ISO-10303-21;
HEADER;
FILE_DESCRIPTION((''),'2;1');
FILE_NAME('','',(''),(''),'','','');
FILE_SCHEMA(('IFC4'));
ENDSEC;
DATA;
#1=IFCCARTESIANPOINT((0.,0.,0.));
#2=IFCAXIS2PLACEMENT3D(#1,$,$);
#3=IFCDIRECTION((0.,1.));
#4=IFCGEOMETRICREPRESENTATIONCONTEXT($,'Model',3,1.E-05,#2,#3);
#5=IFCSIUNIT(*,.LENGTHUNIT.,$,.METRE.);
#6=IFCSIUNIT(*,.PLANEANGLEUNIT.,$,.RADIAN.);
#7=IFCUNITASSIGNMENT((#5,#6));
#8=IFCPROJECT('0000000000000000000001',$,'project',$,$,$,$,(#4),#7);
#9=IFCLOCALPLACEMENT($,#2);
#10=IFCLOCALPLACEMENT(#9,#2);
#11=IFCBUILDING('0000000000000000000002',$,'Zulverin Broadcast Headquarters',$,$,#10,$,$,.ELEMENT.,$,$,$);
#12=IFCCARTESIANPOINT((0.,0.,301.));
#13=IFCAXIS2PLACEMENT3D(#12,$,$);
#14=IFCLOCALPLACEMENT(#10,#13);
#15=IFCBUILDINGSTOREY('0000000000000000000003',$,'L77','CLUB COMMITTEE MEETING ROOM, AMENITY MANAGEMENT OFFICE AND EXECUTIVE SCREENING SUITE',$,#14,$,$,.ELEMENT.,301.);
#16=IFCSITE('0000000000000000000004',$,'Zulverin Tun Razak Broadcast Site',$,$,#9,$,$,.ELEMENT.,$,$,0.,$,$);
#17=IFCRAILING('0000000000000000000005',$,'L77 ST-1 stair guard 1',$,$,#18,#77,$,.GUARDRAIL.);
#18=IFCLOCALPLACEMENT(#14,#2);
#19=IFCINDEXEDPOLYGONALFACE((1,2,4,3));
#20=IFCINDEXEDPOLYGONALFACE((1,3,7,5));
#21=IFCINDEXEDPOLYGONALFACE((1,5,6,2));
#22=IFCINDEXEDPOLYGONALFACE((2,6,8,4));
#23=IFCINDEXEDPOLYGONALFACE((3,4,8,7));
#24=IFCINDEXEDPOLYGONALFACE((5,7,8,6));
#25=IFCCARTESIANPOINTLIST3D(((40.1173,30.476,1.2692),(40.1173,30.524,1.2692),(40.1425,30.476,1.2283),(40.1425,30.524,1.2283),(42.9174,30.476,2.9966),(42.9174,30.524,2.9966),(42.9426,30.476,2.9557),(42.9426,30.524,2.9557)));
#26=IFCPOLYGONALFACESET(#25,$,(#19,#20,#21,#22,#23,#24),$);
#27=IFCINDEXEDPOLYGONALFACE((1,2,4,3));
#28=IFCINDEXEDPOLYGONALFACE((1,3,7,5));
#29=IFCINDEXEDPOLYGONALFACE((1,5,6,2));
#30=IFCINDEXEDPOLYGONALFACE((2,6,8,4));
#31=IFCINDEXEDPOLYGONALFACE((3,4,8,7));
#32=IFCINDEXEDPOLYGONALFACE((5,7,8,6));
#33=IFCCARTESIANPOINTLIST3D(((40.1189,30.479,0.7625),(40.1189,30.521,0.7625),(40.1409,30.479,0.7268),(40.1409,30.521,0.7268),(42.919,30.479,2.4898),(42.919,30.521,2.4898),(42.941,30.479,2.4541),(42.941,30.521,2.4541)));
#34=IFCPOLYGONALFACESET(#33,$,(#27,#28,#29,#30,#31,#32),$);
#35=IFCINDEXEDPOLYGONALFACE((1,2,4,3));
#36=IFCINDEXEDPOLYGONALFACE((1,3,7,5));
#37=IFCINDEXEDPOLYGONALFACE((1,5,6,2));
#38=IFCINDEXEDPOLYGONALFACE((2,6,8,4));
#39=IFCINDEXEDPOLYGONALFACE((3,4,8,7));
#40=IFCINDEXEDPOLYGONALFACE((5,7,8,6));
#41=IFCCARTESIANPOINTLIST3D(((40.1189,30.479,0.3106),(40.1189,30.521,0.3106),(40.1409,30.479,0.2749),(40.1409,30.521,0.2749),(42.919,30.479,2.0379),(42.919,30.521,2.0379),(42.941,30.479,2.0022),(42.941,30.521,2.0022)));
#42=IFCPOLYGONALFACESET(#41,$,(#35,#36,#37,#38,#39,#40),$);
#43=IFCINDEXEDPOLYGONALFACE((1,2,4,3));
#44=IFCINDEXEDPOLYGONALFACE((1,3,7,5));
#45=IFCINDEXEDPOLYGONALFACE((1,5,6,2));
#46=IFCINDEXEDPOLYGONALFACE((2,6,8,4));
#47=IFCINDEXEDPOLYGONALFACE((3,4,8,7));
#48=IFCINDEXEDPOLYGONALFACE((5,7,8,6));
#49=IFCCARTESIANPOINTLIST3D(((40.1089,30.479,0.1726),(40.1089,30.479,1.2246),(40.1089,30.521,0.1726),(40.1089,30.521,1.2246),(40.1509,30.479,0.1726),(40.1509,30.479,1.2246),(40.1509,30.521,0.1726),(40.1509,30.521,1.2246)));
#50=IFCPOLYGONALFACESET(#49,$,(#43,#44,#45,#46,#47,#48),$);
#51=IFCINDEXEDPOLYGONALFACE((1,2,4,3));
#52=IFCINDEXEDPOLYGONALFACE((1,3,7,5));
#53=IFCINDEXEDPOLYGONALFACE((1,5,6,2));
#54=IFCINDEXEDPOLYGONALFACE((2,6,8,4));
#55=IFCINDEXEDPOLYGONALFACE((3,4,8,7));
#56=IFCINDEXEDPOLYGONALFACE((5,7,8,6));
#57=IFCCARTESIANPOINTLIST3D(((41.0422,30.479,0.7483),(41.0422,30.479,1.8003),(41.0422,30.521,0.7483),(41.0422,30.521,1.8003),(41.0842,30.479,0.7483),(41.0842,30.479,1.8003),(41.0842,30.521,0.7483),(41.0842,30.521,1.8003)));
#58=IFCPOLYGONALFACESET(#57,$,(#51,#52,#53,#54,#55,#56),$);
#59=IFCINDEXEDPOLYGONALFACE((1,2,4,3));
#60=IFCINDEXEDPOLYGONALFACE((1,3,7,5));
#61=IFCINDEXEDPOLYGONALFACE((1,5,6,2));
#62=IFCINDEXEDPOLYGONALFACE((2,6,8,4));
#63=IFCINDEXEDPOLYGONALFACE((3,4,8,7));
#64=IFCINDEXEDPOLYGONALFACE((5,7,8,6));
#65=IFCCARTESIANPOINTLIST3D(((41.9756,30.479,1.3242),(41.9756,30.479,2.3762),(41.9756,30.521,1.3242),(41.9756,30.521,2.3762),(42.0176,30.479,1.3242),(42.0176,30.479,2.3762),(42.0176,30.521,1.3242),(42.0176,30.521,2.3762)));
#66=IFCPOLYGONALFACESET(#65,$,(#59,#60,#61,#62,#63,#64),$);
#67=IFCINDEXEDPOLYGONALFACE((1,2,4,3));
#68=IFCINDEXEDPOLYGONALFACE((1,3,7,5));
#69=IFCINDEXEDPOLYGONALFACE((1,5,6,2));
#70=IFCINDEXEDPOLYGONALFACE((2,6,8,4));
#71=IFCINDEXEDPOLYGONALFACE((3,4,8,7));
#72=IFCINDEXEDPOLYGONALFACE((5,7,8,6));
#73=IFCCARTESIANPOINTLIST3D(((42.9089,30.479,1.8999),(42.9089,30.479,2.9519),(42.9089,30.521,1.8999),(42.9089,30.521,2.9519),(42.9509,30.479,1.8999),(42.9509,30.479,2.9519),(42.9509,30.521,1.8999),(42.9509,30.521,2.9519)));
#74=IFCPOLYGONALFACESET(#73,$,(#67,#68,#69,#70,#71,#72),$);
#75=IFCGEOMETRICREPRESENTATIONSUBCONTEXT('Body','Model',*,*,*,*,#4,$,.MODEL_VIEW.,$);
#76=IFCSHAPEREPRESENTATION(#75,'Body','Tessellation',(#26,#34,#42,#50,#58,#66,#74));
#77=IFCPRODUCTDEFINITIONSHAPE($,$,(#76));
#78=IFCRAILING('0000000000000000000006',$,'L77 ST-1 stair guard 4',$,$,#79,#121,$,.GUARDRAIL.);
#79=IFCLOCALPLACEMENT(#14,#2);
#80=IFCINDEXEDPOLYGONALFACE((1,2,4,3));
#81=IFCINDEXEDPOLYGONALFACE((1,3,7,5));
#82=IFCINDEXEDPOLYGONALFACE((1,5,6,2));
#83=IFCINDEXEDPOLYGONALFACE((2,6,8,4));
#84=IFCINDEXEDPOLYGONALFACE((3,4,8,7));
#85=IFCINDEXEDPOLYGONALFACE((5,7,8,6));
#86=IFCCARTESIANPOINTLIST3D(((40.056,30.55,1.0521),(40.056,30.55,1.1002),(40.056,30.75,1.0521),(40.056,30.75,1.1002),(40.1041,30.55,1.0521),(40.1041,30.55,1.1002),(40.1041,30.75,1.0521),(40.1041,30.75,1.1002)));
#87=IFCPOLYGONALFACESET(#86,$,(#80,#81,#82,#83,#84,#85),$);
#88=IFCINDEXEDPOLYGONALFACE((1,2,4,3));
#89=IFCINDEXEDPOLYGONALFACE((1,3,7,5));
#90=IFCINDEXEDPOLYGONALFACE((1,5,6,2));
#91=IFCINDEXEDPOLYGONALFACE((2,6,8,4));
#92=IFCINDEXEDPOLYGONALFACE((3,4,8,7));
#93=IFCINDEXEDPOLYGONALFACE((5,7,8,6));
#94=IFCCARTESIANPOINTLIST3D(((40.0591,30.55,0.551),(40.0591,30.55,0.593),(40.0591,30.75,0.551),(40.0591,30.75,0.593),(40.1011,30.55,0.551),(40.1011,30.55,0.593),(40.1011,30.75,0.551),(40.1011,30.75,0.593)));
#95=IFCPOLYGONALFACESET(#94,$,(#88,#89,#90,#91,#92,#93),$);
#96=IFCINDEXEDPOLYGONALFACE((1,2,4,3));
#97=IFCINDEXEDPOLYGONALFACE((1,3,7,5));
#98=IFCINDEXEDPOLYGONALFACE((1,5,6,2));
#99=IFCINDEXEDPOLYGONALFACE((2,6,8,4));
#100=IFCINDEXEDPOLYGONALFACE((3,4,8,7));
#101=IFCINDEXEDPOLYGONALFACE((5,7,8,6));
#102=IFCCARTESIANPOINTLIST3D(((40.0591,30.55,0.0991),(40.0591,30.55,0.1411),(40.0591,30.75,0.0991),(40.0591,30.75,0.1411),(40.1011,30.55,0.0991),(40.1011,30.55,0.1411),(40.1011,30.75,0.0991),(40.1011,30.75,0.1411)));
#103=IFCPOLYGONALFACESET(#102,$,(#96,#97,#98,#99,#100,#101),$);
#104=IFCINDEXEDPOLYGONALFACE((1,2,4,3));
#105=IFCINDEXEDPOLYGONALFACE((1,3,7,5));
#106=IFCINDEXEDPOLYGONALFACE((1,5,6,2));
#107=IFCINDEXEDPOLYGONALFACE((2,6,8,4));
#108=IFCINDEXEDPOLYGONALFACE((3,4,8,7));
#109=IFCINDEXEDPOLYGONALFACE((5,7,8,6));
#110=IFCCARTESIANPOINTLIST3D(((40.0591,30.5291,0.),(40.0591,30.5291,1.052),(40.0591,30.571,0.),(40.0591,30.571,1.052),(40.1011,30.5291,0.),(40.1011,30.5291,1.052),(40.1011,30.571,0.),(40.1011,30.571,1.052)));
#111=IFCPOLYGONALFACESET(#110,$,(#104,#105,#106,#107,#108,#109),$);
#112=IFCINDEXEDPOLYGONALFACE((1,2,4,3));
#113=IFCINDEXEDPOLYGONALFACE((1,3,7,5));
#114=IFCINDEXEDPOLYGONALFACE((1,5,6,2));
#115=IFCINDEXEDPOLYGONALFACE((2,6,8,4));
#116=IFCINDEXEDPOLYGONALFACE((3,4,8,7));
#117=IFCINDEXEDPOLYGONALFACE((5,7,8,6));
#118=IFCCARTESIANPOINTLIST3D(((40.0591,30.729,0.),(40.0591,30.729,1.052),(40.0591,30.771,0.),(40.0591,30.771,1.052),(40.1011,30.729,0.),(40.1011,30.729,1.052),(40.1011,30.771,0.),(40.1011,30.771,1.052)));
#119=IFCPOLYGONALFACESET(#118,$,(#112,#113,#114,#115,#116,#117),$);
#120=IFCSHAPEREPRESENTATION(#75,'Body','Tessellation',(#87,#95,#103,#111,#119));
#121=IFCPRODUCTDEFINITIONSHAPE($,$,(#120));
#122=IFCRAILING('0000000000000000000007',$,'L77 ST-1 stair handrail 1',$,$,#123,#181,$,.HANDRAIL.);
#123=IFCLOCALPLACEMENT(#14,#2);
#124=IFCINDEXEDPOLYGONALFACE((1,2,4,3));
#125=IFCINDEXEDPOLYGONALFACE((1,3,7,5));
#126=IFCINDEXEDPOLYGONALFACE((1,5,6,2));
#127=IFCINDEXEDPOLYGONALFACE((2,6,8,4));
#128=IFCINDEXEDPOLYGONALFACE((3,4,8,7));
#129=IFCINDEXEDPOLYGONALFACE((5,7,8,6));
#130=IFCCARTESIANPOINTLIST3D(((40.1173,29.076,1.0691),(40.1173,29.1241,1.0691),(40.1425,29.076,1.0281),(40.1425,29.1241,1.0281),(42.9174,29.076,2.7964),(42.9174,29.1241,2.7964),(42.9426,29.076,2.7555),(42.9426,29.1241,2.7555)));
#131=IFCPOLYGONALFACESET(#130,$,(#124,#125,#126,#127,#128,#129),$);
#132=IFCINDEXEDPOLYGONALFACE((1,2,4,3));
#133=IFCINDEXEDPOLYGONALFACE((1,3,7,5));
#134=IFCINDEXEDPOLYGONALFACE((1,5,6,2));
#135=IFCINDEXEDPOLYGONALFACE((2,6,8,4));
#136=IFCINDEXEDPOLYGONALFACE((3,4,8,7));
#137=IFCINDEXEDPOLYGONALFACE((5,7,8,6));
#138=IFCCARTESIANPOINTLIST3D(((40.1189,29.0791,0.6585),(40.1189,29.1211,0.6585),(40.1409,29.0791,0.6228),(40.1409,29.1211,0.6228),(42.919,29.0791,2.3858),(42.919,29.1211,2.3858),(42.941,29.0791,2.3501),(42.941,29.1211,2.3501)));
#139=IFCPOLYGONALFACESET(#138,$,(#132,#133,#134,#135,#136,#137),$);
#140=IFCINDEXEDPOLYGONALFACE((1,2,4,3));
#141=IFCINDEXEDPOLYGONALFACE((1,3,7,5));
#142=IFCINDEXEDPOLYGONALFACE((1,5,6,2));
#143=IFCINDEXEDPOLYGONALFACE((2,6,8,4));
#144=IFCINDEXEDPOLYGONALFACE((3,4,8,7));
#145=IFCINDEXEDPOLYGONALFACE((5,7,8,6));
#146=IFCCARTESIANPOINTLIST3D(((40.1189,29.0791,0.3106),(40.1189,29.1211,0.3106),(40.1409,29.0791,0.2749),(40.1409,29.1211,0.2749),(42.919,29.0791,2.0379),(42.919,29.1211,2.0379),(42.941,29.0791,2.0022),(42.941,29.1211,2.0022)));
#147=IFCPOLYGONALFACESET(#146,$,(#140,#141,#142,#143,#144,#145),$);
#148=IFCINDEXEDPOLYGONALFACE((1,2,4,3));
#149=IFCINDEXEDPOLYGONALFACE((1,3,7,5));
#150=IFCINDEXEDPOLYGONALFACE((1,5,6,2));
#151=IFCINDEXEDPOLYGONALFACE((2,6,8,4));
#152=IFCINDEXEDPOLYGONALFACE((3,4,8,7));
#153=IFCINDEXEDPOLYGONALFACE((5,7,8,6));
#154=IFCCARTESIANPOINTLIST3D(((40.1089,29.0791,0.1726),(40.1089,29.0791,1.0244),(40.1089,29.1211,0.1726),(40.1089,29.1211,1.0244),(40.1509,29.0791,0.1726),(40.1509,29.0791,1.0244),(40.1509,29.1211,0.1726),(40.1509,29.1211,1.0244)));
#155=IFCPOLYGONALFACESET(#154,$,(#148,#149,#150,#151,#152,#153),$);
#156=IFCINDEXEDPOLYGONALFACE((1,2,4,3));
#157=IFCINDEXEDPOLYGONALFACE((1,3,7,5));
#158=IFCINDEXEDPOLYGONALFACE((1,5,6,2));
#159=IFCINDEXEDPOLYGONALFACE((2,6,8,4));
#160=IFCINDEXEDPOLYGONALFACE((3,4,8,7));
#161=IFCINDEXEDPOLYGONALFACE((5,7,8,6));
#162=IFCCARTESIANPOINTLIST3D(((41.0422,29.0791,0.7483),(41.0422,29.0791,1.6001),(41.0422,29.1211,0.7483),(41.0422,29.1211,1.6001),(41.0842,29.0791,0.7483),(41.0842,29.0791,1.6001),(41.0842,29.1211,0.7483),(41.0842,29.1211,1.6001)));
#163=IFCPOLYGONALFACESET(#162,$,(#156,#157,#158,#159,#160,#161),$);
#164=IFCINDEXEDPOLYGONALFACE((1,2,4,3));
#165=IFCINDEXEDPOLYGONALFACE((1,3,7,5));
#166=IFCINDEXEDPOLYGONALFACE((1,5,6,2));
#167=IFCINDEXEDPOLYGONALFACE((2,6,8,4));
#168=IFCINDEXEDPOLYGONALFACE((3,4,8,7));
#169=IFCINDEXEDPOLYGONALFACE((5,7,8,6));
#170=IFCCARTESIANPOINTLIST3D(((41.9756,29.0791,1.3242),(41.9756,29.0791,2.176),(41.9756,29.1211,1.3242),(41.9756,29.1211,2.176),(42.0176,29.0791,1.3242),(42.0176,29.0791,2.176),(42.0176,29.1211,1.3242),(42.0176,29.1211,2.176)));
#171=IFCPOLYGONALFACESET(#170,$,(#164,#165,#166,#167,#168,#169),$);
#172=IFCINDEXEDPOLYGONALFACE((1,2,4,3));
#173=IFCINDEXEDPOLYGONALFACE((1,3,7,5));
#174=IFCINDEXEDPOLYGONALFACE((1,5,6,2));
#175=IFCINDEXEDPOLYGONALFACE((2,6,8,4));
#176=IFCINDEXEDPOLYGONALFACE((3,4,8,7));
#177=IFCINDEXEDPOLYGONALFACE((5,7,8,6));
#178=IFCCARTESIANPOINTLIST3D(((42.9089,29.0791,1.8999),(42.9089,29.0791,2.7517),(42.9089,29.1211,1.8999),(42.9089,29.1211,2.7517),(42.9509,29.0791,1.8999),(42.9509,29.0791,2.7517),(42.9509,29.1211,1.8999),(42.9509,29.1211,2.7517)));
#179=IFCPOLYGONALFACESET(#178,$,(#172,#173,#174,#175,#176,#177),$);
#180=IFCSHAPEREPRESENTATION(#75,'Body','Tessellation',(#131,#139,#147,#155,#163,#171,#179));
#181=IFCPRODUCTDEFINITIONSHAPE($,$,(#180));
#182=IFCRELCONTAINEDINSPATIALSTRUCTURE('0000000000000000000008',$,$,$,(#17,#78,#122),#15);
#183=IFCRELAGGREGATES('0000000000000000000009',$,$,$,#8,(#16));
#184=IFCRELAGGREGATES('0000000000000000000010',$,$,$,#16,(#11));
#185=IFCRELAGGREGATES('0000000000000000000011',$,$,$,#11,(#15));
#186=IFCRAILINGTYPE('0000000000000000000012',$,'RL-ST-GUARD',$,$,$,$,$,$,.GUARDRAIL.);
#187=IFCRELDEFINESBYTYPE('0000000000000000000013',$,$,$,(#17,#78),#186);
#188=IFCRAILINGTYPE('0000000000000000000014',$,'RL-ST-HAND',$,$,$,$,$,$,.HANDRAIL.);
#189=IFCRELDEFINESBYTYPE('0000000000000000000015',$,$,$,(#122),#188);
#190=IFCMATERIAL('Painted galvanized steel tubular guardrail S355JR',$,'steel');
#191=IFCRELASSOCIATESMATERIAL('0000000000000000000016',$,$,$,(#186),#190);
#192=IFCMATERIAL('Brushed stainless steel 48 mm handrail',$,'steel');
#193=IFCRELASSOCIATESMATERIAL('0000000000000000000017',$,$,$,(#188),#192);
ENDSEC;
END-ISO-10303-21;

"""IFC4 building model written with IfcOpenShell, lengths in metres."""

from ifc_helpers import new_model, si_unit, direction, frame, origin, origin_2d, place, context, subcontext, project, spatial, rectangle, extrude, material, type_object, element, save


model = new_model("IFC4")

# Units and contexts
model_context = context("Model", 3, precision=1e-05, world=origin(), true_north=direction((0.0, 1.0)))
body_context = subcontext(model_context, "Body", "Model", "MODEL_VIEW")
ifc_project = project(units=[si_unit("LENGTHUNIT", "METRE"), si_unit("PLANEANGLEUNIT", "RADIAN")], contexts=[model_context])

# Site, building, storey
site_placement = place(None, origin())
site = spatial("IfcSite", under=ifc_project, at=site_placement, Name="Zulverin Tun Razak Broadcast Site", CompositionType="ELEMENT", RefElevation=0.0)
building_placement = place(site_placement, origin())
building = spatial("IfcBuilding", under=site, at=building_placement, Name="Zulverin Broadcast Headquarters", CompositionType="ELEMENT")
storey_placement = place(building_placement, frame((0.0, 0.0, 301.0)))
storey = spatial("IfcBuildingStorey", under=building, at=storey_placement, Name="L77", Description="CLUB COMMITTEE MEETING ROOM, AMENITY MANAGEMENT OFFICE AND EXECUTIVE SCREENING SUITE", CompositionType="ELEMENT", Elevation=301.0)

# Railings
ifc_material_1 = material(Name="Painted galvanized steel tubular guardrail S355JR", Category="steel")
railing_type_1 = type_object("IfcRailingType", Name="RL-ST-GUARD", PredefinedType="GUARDRAIL", material=ifc_material_1)
railing_1_placement = place(storey_placement, frame((40.1299, 30.5, 0.1726)))
element("IfcRailing", 1, at=railing_1_placement, inside=storey, type_object=railing_type_1, Name="L77 ST-1 stair guard 1", PredefinedType="GUARDRAIL", context=body_context, shape_type="SweptSolid", body=[
    extrude(rectangle(XDim=0.0481, YDim=0.0481, at=origin_2d()), frame((0.0, 0.0, 1.0762), z_axis=(0.85109, 0.0, 0.52502), x_axis=(0.0, 1.0, 0.0)), (0.0, 0.0, 1.0), 3.29),
    extrude(rectangle(XDim=0.042, YDim=0.042, at=origin_2d()), frame((0.0, 0.0, 0.572), z_axis=(0.85109, 0.0, 0.52502), x_axis=(0.0, 1.0, 0.0)), (0.0, 0.0, 1.0), 3.29),
    extrude(rectangle(XDim=0.042, YDim=0.042, at=origin_2d()), frame((0.0, 0.0, 0.1201), z_axis=(0.85109, 0.0, 0.52502), x_axis=(0.0, 1.0, 0.0)), (0.0, 0.0, 1.0), 3.29),
    extrude(rectangle(XDim=0.042, YDim=0.042, at=origin_2d()), origin(), (0.0, 0.0, 1.0), 1.052),
    extrude(rectangle(XDim=0.042, YDim=0.042, at=origin_2d()), frame((0.9333, 0.0, 0.5757)), (0.0, 0.0, 1.0), 1.052),
    extrude(rectangle(XDim=0.042, YDim=0.042, at=origin_2d()), frame((1.8667, 0.0, 1.1516)), (0.0, 0.0, 1.0), 1.052),
    extrude(rectangle(XDim=0.042, YDim=0.042, at=origin_2d()), frame((2.8, 0.0, 1.7273)), (0.0, 0.0, 1.0), 1.052),
])
railing_2_placement = place(storey_placement, frame((40.0801, 30.55, 0.0)))
element("IfcRailing", 2, at=railing_2_placement, inside=storey, type_object=railing_type_1, Name="L77 ST-1 stair guard 4", PredefinedType="GUARDRAIL", context=body_context, shape_type="SweptSolid", body=[
    extrude(rectangle(XDim=0.0481, YDim=0.0481, at=origin_2d()), frame((0.0, 0.0, 1.0762), z_axis=(0.0, 1.0, 0.0), x_axis=(-1.0, 0.0, 0.0)), (0.0, 0.0, 1.0), 0.2),
    extrude(rectangle(XDim=0.042, YDim=0.042, at=origin_2d()), frame((0.0, 0.0, 0.572), z_axis=(0.0, 1.0, 0.0), x_axis=(-1.0, 0.0, 0.0)), (0.0, 0.0, 1.0), 0.2),
    extrude(rectangle(XDim=0.042, YDim=0.042, at=origin_2d()), frame((0.0, 0.0, 0.1201), z_axis=(0.0, 1.0, 0.0), x_axis=(-1.0, 0.0, 0.0)), (0.0, 0.0, 1.0), 0.2),
    extrude(rectangle(XDim=0.042, YDim=0.042, at=origin_2d()), origin(), (0.0, 0.0, 1.0), 1.052),
    extrude(rectangle(XDim=0.042, YDim=0.042, at=origin_2d()), frame((0.0, 0.2, 0.0)), (0.0, 0.0, 1.0), 1.052),
])
ifc_material_2 = material(Name="Brushed stainless steel 48 mm handrail", Category="steel")
railing_type_2 = type_object("IfcRailingType", Name="RL-ST-HAND", PredefinedType="HANDRAIL", material=ifc_material_2)
railing_3_placement = place(storey_placement, frame((40.1299, 29.1001, 0.1726)))
element("IfcRailing", 3, at=railing_3_placement, inside=storey, type_object=railing_type_2, Name="L77 ST-1 stair handrail 1", PredefinedType="HANDRAIL", context=body_context, shape_type="SweptSolid", body=[
    extrude(rectangle(XDim=0.0481, YDim=0.0481, at=origin_2d()), frame((0.0, 0.0, 0.876), z_axis=(0.85109, 0.0, 0.52502), x_axis=(0.0, 1.0, 0.0)), (0.0, 0.0, 1.0), 3.29),
    extrude(rectangle(XDim=0.042, YDim=0.042, at=origin_2d()), frame((0.0, 0.0, 0.468), z_axis=(0.85109, 0.0, 0.52502), x_axis=(0.0, 1.0, 0.0)), (0.0, 0.0, 1.0), 3.29),
    extrude(rectangle(XDim=0.042, YDim=0.042, at=origin_2d()), frame((0.0, 0.0, 0.1201), z_axis=(0.85109, 0.0, 0.52502), x_axis=(0.0, 1.0, 0.0)), (0.0, 0.0, 1.0), 3.29),
    extrude(rectangle(XDim=0.042, YDim=0.042, at=origin_2d()), origin(), (0.0, 0.0, 1.0), 0.8518),
    extrude(rectangle(XDim=0.042, YDim=0.042, at=origin_2d()), frame((0.9333, 0.0, 0.5757)), (0.0, 0.0, 1.0), 0.8518),
    extrude(rectangle(XDim=0.042, YDim=0.042, at=origin_2d()), frame((1.8667, 0.0, 1.1516)), (0.0, 0.0, 1.0), 0.8518),
    extrude(rectangle(XDim=0.042, YDim=0.042, at=origin_2d()), frame((2.8, 0.0, 1.7273)), (0.0, 0.0, 1.0), 0.8518),
])

save(model, "model.ifc")
